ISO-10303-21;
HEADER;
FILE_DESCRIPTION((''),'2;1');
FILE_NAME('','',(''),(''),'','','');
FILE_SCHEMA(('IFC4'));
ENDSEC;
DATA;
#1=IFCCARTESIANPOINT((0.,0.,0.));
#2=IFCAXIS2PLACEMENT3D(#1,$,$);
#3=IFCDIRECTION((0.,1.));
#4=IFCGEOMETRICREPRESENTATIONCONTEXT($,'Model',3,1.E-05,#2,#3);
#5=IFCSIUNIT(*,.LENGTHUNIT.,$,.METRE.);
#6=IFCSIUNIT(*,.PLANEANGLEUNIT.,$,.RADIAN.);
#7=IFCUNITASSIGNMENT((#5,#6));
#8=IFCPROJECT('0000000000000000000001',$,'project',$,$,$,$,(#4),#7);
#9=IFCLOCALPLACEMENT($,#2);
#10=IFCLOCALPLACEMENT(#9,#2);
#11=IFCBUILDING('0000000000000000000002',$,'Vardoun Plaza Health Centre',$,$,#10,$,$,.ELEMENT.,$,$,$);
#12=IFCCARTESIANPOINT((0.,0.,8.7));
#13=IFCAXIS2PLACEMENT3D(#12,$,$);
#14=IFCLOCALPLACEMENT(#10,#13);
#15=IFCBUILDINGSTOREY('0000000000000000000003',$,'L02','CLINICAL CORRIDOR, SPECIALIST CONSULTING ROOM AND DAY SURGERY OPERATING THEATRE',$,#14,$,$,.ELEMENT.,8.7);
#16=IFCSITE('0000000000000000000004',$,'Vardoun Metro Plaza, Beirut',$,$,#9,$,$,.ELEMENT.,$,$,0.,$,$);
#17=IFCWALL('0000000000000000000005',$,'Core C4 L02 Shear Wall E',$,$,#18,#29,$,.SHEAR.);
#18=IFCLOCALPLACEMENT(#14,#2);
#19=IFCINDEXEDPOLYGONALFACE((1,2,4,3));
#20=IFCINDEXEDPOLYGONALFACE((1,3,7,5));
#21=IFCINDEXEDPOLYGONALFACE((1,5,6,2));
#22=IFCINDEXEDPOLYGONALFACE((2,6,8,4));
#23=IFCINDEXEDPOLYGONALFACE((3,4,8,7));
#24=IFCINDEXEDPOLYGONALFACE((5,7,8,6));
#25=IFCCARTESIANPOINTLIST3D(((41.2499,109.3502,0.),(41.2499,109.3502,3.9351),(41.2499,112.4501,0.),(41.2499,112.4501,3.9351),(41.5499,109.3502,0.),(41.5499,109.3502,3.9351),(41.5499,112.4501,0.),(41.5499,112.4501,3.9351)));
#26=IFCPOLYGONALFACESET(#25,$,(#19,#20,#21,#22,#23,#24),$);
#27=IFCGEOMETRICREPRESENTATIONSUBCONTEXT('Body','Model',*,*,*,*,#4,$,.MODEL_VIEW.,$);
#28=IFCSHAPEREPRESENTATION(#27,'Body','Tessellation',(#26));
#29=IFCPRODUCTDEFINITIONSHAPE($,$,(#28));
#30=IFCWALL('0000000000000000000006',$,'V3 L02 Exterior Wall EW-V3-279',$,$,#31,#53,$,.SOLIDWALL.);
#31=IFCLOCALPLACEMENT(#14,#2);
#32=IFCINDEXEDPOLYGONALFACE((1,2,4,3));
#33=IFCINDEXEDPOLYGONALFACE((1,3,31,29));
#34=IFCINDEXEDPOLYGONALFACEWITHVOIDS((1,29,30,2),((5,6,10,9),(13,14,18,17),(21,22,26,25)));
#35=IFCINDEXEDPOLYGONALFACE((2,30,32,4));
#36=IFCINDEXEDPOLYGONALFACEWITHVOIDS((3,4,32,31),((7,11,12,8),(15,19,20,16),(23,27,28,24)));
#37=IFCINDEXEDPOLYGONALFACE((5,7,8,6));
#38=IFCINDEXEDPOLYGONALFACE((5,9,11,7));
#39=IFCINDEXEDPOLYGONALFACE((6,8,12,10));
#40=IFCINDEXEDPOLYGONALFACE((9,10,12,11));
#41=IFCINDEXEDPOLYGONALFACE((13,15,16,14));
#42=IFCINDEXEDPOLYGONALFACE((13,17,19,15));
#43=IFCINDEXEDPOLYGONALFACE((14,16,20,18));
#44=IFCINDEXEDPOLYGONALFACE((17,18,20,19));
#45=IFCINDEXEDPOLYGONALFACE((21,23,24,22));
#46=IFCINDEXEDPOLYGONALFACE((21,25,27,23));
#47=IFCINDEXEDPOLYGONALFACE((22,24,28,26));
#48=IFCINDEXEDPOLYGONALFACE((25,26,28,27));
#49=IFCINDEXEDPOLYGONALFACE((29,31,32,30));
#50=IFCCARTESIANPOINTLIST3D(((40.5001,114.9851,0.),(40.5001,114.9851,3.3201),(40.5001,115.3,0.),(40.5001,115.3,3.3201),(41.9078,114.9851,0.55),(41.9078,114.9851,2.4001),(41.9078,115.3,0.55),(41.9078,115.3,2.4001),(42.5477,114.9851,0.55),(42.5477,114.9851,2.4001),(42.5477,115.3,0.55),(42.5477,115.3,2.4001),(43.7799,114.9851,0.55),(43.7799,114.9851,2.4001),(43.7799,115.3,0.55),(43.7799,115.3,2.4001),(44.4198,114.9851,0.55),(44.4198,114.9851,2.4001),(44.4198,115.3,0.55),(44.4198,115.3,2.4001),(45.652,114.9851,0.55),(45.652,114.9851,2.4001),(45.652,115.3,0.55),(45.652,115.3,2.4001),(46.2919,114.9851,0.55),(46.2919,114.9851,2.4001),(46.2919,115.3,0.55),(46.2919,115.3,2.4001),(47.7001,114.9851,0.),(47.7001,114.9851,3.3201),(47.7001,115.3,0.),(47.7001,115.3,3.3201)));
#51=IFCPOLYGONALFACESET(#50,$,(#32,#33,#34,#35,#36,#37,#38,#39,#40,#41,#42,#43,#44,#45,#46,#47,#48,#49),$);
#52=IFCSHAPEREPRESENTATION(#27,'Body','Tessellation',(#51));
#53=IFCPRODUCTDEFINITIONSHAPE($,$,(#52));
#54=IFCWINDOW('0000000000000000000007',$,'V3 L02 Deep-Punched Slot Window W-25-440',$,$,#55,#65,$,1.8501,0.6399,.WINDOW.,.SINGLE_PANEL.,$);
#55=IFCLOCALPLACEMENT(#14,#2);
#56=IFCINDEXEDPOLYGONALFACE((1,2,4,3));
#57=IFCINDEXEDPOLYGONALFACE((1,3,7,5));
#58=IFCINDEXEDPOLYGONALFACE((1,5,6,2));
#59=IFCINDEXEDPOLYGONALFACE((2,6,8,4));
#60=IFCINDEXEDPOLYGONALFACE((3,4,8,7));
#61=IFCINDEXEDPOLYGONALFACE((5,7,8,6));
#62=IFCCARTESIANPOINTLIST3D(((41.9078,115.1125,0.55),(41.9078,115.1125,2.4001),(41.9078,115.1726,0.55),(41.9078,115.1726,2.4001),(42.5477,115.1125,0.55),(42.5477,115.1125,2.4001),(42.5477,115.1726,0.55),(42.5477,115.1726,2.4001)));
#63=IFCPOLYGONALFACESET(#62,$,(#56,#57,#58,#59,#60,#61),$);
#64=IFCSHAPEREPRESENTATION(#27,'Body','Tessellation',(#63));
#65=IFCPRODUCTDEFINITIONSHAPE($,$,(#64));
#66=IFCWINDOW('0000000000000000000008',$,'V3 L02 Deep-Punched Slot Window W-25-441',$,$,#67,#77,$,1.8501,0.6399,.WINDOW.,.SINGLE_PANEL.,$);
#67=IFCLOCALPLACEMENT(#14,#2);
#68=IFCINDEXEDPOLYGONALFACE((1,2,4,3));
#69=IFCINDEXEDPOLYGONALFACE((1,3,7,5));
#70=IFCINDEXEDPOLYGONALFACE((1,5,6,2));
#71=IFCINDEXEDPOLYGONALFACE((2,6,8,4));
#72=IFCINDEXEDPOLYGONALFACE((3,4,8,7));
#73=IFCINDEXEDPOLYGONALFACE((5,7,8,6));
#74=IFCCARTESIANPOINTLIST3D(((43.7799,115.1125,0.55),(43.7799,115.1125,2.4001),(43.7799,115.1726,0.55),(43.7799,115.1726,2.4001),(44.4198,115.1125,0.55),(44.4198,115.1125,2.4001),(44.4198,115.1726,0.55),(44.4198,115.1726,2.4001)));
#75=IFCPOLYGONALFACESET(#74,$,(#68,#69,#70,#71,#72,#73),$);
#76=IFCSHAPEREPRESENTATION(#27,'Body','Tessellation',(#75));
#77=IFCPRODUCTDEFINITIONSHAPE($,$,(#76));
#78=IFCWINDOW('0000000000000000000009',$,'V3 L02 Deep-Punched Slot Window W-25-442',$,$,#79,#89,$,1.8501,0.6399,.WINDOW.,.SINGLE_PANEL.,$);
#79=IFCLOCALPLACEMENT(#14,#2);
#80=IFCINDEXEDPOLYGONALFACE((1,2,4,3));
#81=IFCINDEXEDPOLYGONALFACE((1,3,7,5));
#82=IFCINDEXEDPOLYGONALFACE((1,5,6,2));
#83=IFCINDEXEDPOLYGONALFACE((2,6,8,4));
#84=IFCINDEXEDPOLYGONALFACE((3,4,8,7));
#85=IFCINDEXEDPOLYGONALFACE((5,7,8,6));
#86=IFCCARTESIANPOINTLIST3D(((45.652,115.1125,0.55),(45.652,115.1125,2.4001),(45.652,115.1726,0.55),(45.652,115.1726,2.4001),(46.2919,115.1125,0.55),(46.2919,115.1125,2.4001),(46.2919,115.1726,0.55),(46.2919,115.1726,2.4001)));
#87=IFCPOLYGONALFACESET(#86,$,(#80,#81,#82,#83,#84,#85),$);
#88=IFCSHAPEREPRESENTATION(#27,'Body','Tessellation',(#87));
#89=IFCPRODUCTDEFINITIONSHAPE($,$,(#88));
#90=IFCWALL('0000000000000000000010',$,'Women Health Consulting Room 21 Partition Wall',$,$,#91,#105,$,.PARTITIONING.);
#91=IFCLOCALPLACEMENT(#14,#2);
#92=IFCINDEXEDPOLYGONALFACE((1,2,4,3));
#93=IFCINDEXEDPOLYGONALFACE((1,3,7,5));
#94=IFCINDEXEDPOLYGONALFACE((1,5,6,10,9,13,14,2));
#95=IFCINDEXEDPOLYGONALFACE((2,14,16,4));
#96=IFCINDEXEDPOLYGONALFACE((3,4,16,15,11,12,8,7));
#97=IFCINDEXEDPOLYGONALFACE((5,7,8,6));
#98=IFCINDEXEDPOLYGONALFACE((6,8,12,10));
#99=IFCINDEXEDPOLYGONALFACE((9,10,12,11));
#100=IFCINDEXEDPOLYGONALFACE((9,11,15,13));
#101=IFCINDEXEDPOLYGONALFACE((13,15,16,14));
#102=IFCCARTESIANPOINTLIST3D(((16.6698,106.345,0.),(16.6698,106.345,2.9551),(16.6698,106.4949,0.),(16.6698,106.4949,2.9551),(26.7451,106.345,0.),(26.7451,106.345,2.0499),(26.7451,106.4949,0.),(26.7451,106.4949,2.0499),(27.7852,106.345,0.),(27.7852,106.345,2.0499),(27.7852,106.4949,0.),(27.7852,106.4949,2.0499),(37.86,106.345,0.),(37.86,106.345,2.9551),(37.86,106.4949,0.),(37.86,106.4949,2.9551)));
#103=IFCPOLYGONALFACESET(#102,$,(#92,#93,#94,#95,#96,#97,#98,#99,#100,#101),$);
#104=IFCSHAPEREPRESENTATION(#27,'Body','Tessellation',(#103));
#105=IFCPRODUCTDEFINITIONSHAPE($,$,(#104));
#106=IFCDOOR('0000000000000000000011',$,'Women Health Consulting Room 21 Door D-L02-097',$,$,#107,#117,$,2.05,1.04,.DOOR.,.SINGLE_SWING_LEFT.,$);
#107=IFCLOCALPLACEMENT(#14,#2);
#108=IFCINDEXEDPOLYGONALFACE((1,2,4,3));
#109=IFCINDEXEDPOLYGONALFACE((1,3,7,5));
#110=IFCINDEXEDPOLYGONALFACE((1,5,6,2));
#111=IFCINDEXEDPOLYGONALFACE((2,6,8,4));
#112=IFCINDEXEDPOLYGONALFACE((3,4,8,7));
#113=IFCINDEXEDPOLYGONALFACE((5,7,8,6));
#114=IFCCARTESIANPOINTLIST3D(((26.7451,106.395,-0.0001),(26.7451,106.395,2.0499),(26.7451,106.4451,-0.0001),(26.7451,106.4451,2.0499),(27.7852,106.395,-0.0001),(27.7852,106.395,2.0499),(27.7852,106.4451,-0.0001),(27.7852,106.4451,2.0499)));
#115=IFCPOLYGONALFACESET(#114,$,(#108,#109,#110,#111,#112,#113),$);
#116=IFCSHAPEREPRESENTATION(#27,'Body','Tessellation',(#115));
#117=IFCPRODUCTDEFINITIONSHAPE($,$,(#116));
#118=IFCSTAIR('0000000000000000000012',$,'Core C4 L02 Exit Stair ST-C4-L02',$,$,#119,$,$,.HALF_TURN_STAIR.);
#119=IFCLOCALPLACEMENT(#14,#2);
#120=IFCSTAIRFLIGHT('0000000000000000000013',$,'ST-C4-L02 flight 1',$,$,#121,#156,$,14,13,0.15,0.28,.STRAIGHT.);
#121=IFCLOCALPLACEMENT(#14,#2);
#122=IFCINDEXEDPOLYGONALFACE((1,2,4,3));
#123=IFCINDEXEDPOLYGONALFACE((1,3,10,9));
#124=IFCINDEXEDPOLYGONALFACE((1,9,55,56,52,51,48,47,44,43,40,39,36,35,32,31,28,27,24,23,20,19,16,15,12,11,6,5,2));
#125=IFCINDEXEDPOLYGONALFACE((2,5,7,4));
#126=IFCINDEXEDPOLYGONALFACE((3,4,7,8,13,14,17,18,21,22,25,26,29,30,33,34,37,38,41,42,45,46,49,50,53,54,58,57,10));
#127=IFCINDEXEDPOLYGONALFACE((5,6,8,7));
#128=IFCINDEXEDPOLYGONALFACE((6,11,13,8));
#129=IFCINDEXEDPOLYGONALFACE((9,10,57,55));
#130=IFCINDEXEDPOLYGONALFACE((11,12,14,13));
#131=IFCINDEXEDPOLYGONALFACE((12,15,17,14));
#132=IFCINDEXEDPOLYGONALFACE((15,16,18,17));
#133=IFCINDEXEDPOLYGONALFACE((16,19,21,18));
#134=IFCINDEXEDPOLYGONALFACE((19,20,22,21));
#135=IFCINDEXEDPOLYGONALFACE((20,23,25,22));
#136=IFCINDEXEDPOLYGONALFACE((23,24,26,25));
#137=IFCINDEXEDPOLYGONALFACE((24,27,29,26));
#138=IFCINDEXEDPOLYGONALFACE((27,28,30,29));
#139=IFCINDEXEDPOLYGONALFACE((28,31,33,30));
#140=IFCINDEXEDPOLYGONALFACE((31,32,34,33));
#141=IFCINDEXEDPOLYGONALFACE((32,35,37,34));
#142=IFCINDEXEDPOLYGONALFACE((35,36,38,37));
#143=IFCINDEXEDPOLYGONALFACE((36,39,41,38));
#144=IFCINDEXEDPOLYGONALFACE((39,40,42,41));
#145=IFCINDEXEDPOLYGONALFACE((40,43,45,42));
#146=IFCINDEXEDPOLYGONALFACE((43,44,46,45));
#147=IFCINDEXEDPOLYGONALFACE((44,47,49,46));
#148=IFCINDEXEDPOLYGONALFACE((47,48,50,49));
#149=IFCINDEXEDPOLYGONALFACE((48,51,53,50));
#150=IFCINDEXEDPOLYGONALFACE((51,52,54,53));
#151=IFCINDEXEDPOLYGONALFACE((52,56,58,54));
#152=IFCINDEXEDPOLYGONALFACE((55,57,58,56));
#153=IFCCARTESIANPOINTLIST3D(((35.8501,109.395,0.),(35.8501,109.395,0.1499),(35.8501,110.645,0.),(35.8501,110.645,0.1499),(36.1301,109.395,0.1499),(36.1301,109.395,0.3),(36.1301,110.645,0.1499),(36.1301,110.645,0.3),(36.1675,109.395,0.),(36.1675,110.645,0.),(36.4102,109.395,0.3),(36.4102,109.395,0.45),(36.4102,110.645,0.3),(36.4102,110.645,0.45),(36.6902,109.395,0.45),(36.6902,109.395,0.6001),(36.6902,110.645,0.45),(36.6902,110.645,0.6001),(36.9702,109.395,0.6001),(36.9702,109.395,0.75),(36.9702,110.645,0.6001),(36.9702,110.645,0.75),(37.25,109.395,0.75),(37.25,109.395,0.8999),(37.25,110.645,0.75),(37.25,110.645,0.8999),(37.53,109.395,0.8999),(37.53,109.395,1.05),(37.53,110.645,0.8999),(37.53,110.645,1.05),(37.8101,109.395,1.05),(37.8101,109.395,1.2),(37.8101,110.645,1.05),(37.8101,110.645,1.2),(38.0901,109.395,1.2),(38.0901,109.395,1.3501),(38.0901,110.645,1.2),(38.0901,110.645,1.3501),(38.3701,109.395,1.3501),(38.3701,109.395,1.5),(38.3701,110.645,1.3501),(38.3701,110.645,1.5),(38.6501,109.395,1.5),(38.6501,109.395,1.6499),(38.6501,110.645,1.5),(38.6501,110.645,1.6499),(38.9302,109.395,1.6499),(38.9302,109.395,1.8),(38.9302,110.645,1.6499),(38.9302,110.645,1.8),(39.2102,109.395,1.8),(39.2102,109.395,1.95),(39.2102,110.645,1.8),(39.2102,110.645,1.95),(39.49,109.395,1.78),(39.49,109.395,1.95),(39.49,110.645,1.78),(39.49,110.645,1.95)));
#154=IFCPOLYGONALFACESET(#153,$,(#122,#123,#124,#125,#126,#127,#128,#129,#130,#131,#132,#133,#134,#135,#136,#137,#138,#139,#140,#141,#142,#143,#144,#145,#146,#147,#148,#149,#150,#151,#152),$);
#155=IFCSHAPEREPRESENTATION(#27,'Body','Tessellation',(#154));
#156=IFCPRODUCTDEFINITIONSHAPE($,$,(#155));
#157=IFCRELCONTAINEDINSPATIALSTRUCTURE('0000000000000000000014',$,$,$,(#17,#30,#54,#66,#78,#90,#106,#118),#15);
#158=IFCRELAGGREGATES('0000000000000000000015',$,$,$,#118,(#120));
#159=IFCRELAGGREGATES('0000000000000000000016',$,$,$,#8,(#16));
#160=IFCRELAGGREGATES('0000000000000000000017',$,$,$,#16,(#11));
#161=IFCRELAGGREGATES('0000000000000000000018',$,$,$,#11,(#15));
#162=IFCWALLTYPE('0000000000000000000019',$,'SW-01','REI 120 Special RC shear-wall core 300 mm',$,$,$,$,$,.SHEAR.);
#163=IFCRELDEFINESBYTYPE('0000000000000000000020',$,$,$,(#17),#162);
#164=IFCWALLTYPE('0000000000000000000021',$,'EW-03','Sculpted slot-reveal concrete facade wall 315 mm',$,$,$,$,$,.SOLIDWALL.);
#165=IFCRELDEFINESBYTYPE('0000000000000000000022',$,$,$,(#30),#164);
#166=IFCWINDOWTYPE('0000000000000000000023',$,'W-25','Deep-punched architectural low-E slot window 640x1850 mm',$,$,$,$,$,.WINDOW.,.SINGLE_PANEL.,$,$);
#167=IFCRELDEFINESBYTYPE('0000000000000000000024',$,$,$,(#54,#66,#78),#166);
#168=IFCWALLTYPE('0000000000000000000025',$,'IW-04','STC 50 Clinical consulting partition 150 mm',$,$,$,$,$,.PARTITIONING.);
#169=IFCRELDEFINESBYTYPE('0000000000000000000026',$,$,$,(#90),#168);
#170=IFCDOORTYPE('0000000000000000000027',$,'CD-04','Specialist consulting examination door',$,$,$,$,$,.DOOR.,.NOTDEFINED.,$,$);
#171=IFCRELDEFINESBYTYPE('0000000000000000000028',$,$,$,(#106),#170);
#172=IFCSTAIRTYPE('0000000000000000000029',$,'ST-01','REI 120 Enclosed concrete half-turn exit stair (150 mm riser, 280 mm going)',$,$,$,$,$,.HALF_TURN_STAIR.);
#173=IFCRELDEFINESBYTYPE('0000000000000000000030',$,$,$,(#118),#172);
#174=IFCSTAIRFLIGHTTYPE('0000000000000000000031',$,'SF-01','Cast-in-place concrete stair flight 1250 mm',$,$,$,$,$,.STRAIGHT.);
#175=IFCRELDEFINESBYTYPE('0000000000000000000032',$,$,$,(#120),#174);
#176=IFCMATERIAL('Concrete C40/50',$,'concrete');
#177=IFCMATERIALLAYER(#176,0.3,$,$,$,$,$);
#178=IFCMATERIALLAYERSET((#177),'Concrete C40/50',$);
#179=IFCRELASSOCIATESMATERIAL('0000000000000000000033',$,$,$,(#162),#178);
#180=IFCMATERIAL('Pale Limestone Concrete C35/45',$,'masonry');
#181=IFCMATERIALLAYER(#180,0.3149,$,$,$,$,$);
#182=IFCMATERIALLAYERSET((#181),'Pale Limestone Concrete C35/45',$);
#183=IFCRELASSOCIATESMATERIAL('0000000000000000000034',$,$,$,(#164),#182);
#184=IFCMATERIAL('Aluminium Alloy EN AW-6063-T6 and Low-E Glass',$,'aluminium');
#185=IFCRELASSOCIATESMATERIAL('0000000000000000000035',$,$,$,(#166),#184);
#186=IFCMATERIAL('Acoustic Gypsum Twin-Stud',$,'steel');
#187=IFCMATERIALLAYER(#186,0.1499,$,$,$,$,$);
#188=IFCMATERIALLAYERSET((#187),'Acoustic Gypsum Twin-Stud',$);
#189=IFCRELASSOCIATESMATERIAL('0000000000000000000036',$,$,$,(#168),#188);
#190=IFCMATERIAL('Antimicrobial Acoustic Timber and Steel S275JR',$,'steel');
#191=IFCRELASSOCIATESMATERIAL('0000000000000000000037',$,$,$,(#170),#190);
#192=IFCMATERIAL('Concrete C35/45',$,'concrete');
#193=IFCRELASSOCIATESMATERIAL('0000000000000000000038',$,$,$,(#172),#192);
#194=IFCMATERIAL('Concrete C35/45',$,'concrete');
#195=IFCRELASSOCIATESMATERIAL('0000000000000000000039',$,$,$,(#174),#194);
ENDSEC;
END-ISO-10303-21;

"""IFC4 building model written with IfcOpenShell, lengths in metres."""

from ifc_helpers import new_model, si_unit, direction, frame, frame_2d, origin, place, context, subcontext, project, spatial, polyline, rectangle, outline, extrude, material, layer, layer_set, type_object, element, fill, aggregate, save


model = new_model("IFC4")

# Units and contexts
model_context = context("Model", 3, precision=1e-05, world=origin(), true_north=direction((0.0, 1.0)))
body_context = subcontext(model_context, "Body", "Model", "MODEL_VIEW")
ifc_project = project(units=[si_unit("LENGTHUNIT", "METRE"), si_unit("PLANEANGLEUNIT", "RADIAN")], contexts=[model_context])

# Site, building, storey
site_placement = place(None, origin())
site = spatial("IfcSite", under=ifc_project, at=site_placement, Name="Vardoun Metro Plaza, Beirut", CompositionType="ELEMENT", RefElevation=0.0)
building_placement = place(site_placement, origin())
building = spatial("IfcBuilding", under=site, at=building_placement, Name="Vardoun Plaza Health Centre", CompositionType="ELEMENT")
storey_placement = place(building_placement, frame((0.0, 0.0, 8.7)))
storey = spatial("IfcBuildingStorey", under=building, at=storey_placement, Name="L02", Description="CLINICAL CORRIDOR, SPECIALIST CONSULTING ROOM AND DAY SURGERY OPERATING THEATRE", CompositionType="ELEMENT", Elevation=8.7)

# Shared definitions
ifc_material_1 = material(Name="Concrete C40/50", Category="concrete")
ifc_layer_1 = layer(ifc_material_1, 0.3)
ifc_layer_set_1 = layer_set([ifc_layer_1], Name="Concrete C40/50")
wall_type_1 = type_object("IfcWallType", Name="SW-01", Description="REI 120 Special RC shear-wall core 300 mm", PredefinedType="SHEAR", material=ifc_layer_set_1)

# Wall
wall_1_placement = place(storey_placement, frame((41.3999, 112.45, 0.0), z_axis=(0.0, 0.0, 1.0), x_axis=(0.0, -1.0, 0.0)))
element("IfcWall", 1, at=wall_1_placement, inside=storey, type_object=wall_type_1, Name="Core C4 L02 Shear Wall E", PredefinedType="SHEAR", context=body_context, shape_type="SweptSolid", body=[
    extrude(rectangle(XDim=3.0999, YDim=0.3, at=frame_2d((1.5498, 0.0))), origin(), (0.0, 0.0, 1.0), 3.9351),
])

# Wall, openings, windows
ifc_material_2 = material(Name="Pale Limestone Concrete C35/45", Category="masonry")
ifc_layer_2 = layer(ifc_material_2, 0.3149)
ifc_layer_set_2 = layer_set([ifc_layer_2], Name="Pale Limestone Concrete C35/45")
wall_type_2 = type_object("IfcWallType", Name="EW-03", Description="Sculpted slot-reveal concrete facade wall 315 mm", PredefinedType="SOLIDWALL", material=ifc_layer_set_2)
wall_2_placement = place(storey_placement, frame((40.5, 115.1426, 0.0), z_axis=(0.0, 0.0, 1.0), x_axis=(1.0, 0.0, 0.0)))
wall_2 = element("IfcWall", 2, at=wall_2_placement, inside=storey, type_object=wall_type_2, Name="V3 L02 Exterior Wall EW-V3-279", PredefinedType="SOLIDWALL", context=body_context, shape_type="SweptSolid", body=[
    extrude(rectangle(XDim=7.2, YDim=0.3149, at=frame_2d((3.6001, 0.0))), origin(), (0.0, 0.0, 1.0), 3.3201),
])
opening_1_placement = place(wall_2_placement, frame((1.408, 0.0, 0.55)))
opening_1 = element("IfcOpeningElement", 3, at=opening_1_placement, cuts=wall_2, PredefinedType="OPENING", context=body_context, shape_type="SweptSolid", body=[
    extrude(rectangle(XDim=0.6399, YDim=1.8501, at=frame_2d((0.3198, 0.925))), frame((0.0, 0.1575, 0.0), z_axis=(0.0, -1.0, 0.0), x_axis=(1.0, 0.0, 0.0)), (0.0, 0.0, 1.0), 0.3149),
])
opening_2_placement = place(wall_2_placement, frame((3.28, 0.0, 0.55)))
opening_2 = element("IfcOpeningElement", 4, at=opening_2_placement, cuts=wall_2, PredefinedType="OPENING", context=body_context, shape_type="SweptSolid", body=[
    extrude(rectangle(XDim=0.6399, YDim=1.8501, at=frame_2d((0.3198, 0.925))), frame((0.0, 0.1575, 0.0), z_axis=(0.0, -1.0, 0.0), x_axis=(1.0, 0.0, 0.0)), (0.0, 0.0, 1.0), 0.3149),
])
opening_3_placement = place(wall_2_placement, frame((5.1521, 0.0, 0.55)))
opening_3 = element("IfcOpeningElement", 5, at=opening_3_placement, cuts=wall_2, PredefinedType="OPENING", context=body_context, shape_type="SweptSolid", body=[
    extrude(rectangle(XDim=0.6399, YDim=1.8501, at=frame_2d((0.3198, 0.925))), frame((0.0, 0.1575, 0.0), z_axis=(0.0, -1.0, 0.0), x_axis=(1.0, 0.0, 0.0)), (0.0, 0.0, 1.0), 0.3149),
])
ifc_material_3 = material(Name="Aluminium Alloy EN AW-6063-T6 and Low-E Glass", Category="aluminium")
window_type = type_object("IfcWindowType", Name="W-25", Description="Deep-punched architectural low-E slot window 640x1850 mm", PartitioningType="SINGLE_PANEL", PredefinedType="WINDOW", material=ifc_material_3)
window_1_placement = place(opening_1_placement, origin())
window_1 = element("IfcWindow", 6, at=window_1_placement, inside=storey, type_object=window_type, Name="V3 L02 Deep-Punched Slot Window W-25-440", OverallHeight=1.8501, OverallWidth=0.6399, PartitioningType="SINGLE_PANEL", PredefinedType="WINDOW", context=body_context, shape_type="SweptSolid", body=[
    extrude(rectangle(XDim=0.6399, YDim=1.8501, at=frame_2d((0.3198, 0.925))), frame((0.0, 0.03, 0.0), z_axis=(0.0, -1.0, 0.0), x_axis=(1.0, 0.0, 0.0)), (0.0, 0.0, 1.0), 0.0601),
])
fill(opening_1, window_1)
window_2_placement = place(opening_2_placement, origin())
window_2 = element("IfcWindow", 7, at=window_2_placement, inside=storey, type_object=window_type, Name="V3 L02 Deep-Punched Slot Window W-25-441", OverallHeight=1.8501, OverallWidth=0.6399, PartitioningType="SINGLE_PANEL", PredefinedType="WINDOW", context=body_context, shape_type="SweptSolid", body=[
    extrude(rectangle(XDim=0.6399, YDim=1.8501, at=frame_2d((0.3198, 0.925))), frame((0.0, 0.03, 0.0), z_axis=(0.0, -1.0, 0.0), x_axis=(1.0, 0.0, 0.0)), (0.0, 0.0, 1.0), 0.0601),
])
fill(opening_2, window_2)
window_3_placement = place(opening_3_placement, origin())
window_3 = element("IfcWindow", 8, at=window_3_placement, inside=storey, type_object=window_type, Name="V3 L02 Deep-Punched Slot Window W-25-442", OverallHeight=1.8501, OverallWidth=0.6399, PartitioningType="SINGLE_PANEL", PredefinedType="WINDOW", context=body_context, shape_type="SweptSolid", body=[
    extrude(rectangle(XDim=0.6399, YDim=1.8501, at=frame_2d((0.3198, 0.925))), frame((0.0, 0.03, 0.0), z_axis=(0.0, -1.0, 0.0), x_axis=(1.0, 0.0, 0.0)), (0.0, 0.0, 1.0), 0.0601),
])
fill(opening_3, window_3)

# Wall, opening, door
ifc_material_4 = material(Name="Acoustic Gypsum Twin-Stud", Category="steel")
ifc_layer_3 = layer(ifc_material_4, 0.1499)
ifc_layer_set_3 = layer_set([ifc_layer_3], Name="Acoustic Gypsum Twin-Stud")
wall_type_3 = type_object("IfcWallType", Name="IW-04", Description="STC 50 Clinical consulting partition 150 mm", PredefinedType="PARTITIONING", material=ifc_layer_set_3)
wall_3_placement = place(storey_placement, frame((37.8601, 106.4199, 0.0), z_axis=(0.0, 0.0, 1.0), x_axis=(-1.0, 0.0, 0.0)))
wall_3 = element("IfcWall", 9, at=wall_3_placement, inside=storey, type_object=wall_type_3, Name="Women Health Consulting Room 21 Partition Wall", PredefinedType="PARTITIONING", context=body_context, shape_type="SweptSolid", body=[
    extrude(rectangle(XDim=21.1902, YDim=0.1499, at=frame_2d((10.5952, 0.0))), origin(), (0.0, 0.0, 1.0), 2.9551),
])
opening_4_placement = place(wall_3_placement, frame((10.075, 0.0, 0.0)))
opening_4 = element("IfcOpeningElement", 10, at=opening_4_placement, cuts=wall_3, PredefinedType="OPENING", context=body_context, shape_type="SweptSolid", body=[
    extrude(rectangle(XDim=1.04, YDim=2.05, at=frame_2d((0.52, 1.0249))), frame((0.0, 0.075, 0.0), z_axis=(0.0, -1.0, 0.0), x_axis=(1.0, 0.0, 0.0)), (0.0, 0.0, 1.0), 0.1499),
])
ifc_material_5 = material(Name="Antimicrobial Acoustic Timber and Steel S275JR", Category="steel")
door_type_1 = type_object("IfcDoorType", Name="CD-04", Description="Specialist consulting examination door", OperationType="NOTDEFINED", PredefinedType="DOOR", material=ifc_material_5)
door_1_placement = place(opening_4_placement, origin())
door_1 = element("IfcDoor", 11, at=door_1_placement, inside=storey, type_object=door_type_1, Name="Women Health Consulting Room 21 Door D-L02-097", OperationType="SINGLE_SWING_LEFT", OverallHeight=2.05, OverallWidth=1.04, PredefinedType="DOOR", context=body_context, shape_type="SweptSolid", body=[
    extrude(rectangle(XDim=1.04, YDim=2.05, at=frame_2d((0.52, 1.0249))), frame((0.0, 0.0249, 0.0), z_axis=(0.0, -1.0, 0.0), x_axis=(1.0, 0.0, 0.0)), (0.0, 0.0, 1.0), 0.05),
])
fill(opening_4, door_1)

# Stair, stair flight
ifc_material_6 = material(Name="Concrete C35/45", Category="concrete")
stair_type = type_object("IfcStairType", Name="ST-01", Description="REI 120 Enclosed concrete half-turn exit stair (150 mm riser, 280 mm going)", PredefinedType="HALF_TURN_STAIR", material=ifc_material_6)
stair_placement = place(storey_placement, origin())
stair = element("IfcStair", 12, at=stair_placement, inside=storey, type_object=stair_type, Name="Core C4 L02 Exit Stair ST-C4-L02", PredefinedType="HALF_TURN_STAIR")
ifc_material_7 = material(Name="Concrete C35/45", Category="concrete")
stair_flight_type = type_object("IfcStairFlightType", Name="SF-01", Description="Cast-in-place concrete stair flight 1250 mm", PredefinedType="STRAIGHT", material=ifc_material_7)
stair_flight_1_placement = place(storey_placement, frame((35.8501, 110.02, 0.0), z_axis=(0.0, 0.0, 1.0), x_axis=(1.0, 0.0, 0.0)))
stair_flight_1 = element("IfcStairFlight", 13, at=stair_flight_1_placement, type_object=stair_flight_type, Name="ST-C4-L02 flight 1", NumberOfRisers=14, NumberOfTreads=13, PredefinedType="STRAIGHT", RiserHeight=0.15, TreadLength=0.28, context=body_context, shape_type="SweptSolid", body=[
    extrude(outline(polyline([(0.0, 0.0), (0.0, 0.1499), (0.28, 0.1499), (0.28, 0.3), (0.5601, 0.3), (0.5601, 0.45), (0.8401, 0.45), (0.8401, 0.6001), (1.1201, 0.6001), (1.1201, 0.75), (1.3999, 0.75), (1.3999, 0.8999), (1.6799, 0.8999), (1.6799, 1.05), (1.96, 1.05), (1.96, 1.2), (2.24, 1.2), (2.24, 1.3501), (2.52, 1.3501), (2.52, 1.5), (2.8, 1.5), (2.8, 1.6499), (3.0801, 1.6499), (3.0801, 1.8), (3.3601, 1.8), (3.3601, 1.95), (3.6399, 1.95), (3.6399, 2.1001), (3.6399, 1.78), (0.3174, 0.0), (0.0, 0.0)])), frame((0.0, 0.625, 0.0), z_axis=(0.0, -1.0, 0.0), x_axis=(1.0, 0.0, 0.0)), (0.0, 0.0, 1.0), 1.25),
])
aggregate(stair, [stair_flight_1])

save(model, "model.ifc")
